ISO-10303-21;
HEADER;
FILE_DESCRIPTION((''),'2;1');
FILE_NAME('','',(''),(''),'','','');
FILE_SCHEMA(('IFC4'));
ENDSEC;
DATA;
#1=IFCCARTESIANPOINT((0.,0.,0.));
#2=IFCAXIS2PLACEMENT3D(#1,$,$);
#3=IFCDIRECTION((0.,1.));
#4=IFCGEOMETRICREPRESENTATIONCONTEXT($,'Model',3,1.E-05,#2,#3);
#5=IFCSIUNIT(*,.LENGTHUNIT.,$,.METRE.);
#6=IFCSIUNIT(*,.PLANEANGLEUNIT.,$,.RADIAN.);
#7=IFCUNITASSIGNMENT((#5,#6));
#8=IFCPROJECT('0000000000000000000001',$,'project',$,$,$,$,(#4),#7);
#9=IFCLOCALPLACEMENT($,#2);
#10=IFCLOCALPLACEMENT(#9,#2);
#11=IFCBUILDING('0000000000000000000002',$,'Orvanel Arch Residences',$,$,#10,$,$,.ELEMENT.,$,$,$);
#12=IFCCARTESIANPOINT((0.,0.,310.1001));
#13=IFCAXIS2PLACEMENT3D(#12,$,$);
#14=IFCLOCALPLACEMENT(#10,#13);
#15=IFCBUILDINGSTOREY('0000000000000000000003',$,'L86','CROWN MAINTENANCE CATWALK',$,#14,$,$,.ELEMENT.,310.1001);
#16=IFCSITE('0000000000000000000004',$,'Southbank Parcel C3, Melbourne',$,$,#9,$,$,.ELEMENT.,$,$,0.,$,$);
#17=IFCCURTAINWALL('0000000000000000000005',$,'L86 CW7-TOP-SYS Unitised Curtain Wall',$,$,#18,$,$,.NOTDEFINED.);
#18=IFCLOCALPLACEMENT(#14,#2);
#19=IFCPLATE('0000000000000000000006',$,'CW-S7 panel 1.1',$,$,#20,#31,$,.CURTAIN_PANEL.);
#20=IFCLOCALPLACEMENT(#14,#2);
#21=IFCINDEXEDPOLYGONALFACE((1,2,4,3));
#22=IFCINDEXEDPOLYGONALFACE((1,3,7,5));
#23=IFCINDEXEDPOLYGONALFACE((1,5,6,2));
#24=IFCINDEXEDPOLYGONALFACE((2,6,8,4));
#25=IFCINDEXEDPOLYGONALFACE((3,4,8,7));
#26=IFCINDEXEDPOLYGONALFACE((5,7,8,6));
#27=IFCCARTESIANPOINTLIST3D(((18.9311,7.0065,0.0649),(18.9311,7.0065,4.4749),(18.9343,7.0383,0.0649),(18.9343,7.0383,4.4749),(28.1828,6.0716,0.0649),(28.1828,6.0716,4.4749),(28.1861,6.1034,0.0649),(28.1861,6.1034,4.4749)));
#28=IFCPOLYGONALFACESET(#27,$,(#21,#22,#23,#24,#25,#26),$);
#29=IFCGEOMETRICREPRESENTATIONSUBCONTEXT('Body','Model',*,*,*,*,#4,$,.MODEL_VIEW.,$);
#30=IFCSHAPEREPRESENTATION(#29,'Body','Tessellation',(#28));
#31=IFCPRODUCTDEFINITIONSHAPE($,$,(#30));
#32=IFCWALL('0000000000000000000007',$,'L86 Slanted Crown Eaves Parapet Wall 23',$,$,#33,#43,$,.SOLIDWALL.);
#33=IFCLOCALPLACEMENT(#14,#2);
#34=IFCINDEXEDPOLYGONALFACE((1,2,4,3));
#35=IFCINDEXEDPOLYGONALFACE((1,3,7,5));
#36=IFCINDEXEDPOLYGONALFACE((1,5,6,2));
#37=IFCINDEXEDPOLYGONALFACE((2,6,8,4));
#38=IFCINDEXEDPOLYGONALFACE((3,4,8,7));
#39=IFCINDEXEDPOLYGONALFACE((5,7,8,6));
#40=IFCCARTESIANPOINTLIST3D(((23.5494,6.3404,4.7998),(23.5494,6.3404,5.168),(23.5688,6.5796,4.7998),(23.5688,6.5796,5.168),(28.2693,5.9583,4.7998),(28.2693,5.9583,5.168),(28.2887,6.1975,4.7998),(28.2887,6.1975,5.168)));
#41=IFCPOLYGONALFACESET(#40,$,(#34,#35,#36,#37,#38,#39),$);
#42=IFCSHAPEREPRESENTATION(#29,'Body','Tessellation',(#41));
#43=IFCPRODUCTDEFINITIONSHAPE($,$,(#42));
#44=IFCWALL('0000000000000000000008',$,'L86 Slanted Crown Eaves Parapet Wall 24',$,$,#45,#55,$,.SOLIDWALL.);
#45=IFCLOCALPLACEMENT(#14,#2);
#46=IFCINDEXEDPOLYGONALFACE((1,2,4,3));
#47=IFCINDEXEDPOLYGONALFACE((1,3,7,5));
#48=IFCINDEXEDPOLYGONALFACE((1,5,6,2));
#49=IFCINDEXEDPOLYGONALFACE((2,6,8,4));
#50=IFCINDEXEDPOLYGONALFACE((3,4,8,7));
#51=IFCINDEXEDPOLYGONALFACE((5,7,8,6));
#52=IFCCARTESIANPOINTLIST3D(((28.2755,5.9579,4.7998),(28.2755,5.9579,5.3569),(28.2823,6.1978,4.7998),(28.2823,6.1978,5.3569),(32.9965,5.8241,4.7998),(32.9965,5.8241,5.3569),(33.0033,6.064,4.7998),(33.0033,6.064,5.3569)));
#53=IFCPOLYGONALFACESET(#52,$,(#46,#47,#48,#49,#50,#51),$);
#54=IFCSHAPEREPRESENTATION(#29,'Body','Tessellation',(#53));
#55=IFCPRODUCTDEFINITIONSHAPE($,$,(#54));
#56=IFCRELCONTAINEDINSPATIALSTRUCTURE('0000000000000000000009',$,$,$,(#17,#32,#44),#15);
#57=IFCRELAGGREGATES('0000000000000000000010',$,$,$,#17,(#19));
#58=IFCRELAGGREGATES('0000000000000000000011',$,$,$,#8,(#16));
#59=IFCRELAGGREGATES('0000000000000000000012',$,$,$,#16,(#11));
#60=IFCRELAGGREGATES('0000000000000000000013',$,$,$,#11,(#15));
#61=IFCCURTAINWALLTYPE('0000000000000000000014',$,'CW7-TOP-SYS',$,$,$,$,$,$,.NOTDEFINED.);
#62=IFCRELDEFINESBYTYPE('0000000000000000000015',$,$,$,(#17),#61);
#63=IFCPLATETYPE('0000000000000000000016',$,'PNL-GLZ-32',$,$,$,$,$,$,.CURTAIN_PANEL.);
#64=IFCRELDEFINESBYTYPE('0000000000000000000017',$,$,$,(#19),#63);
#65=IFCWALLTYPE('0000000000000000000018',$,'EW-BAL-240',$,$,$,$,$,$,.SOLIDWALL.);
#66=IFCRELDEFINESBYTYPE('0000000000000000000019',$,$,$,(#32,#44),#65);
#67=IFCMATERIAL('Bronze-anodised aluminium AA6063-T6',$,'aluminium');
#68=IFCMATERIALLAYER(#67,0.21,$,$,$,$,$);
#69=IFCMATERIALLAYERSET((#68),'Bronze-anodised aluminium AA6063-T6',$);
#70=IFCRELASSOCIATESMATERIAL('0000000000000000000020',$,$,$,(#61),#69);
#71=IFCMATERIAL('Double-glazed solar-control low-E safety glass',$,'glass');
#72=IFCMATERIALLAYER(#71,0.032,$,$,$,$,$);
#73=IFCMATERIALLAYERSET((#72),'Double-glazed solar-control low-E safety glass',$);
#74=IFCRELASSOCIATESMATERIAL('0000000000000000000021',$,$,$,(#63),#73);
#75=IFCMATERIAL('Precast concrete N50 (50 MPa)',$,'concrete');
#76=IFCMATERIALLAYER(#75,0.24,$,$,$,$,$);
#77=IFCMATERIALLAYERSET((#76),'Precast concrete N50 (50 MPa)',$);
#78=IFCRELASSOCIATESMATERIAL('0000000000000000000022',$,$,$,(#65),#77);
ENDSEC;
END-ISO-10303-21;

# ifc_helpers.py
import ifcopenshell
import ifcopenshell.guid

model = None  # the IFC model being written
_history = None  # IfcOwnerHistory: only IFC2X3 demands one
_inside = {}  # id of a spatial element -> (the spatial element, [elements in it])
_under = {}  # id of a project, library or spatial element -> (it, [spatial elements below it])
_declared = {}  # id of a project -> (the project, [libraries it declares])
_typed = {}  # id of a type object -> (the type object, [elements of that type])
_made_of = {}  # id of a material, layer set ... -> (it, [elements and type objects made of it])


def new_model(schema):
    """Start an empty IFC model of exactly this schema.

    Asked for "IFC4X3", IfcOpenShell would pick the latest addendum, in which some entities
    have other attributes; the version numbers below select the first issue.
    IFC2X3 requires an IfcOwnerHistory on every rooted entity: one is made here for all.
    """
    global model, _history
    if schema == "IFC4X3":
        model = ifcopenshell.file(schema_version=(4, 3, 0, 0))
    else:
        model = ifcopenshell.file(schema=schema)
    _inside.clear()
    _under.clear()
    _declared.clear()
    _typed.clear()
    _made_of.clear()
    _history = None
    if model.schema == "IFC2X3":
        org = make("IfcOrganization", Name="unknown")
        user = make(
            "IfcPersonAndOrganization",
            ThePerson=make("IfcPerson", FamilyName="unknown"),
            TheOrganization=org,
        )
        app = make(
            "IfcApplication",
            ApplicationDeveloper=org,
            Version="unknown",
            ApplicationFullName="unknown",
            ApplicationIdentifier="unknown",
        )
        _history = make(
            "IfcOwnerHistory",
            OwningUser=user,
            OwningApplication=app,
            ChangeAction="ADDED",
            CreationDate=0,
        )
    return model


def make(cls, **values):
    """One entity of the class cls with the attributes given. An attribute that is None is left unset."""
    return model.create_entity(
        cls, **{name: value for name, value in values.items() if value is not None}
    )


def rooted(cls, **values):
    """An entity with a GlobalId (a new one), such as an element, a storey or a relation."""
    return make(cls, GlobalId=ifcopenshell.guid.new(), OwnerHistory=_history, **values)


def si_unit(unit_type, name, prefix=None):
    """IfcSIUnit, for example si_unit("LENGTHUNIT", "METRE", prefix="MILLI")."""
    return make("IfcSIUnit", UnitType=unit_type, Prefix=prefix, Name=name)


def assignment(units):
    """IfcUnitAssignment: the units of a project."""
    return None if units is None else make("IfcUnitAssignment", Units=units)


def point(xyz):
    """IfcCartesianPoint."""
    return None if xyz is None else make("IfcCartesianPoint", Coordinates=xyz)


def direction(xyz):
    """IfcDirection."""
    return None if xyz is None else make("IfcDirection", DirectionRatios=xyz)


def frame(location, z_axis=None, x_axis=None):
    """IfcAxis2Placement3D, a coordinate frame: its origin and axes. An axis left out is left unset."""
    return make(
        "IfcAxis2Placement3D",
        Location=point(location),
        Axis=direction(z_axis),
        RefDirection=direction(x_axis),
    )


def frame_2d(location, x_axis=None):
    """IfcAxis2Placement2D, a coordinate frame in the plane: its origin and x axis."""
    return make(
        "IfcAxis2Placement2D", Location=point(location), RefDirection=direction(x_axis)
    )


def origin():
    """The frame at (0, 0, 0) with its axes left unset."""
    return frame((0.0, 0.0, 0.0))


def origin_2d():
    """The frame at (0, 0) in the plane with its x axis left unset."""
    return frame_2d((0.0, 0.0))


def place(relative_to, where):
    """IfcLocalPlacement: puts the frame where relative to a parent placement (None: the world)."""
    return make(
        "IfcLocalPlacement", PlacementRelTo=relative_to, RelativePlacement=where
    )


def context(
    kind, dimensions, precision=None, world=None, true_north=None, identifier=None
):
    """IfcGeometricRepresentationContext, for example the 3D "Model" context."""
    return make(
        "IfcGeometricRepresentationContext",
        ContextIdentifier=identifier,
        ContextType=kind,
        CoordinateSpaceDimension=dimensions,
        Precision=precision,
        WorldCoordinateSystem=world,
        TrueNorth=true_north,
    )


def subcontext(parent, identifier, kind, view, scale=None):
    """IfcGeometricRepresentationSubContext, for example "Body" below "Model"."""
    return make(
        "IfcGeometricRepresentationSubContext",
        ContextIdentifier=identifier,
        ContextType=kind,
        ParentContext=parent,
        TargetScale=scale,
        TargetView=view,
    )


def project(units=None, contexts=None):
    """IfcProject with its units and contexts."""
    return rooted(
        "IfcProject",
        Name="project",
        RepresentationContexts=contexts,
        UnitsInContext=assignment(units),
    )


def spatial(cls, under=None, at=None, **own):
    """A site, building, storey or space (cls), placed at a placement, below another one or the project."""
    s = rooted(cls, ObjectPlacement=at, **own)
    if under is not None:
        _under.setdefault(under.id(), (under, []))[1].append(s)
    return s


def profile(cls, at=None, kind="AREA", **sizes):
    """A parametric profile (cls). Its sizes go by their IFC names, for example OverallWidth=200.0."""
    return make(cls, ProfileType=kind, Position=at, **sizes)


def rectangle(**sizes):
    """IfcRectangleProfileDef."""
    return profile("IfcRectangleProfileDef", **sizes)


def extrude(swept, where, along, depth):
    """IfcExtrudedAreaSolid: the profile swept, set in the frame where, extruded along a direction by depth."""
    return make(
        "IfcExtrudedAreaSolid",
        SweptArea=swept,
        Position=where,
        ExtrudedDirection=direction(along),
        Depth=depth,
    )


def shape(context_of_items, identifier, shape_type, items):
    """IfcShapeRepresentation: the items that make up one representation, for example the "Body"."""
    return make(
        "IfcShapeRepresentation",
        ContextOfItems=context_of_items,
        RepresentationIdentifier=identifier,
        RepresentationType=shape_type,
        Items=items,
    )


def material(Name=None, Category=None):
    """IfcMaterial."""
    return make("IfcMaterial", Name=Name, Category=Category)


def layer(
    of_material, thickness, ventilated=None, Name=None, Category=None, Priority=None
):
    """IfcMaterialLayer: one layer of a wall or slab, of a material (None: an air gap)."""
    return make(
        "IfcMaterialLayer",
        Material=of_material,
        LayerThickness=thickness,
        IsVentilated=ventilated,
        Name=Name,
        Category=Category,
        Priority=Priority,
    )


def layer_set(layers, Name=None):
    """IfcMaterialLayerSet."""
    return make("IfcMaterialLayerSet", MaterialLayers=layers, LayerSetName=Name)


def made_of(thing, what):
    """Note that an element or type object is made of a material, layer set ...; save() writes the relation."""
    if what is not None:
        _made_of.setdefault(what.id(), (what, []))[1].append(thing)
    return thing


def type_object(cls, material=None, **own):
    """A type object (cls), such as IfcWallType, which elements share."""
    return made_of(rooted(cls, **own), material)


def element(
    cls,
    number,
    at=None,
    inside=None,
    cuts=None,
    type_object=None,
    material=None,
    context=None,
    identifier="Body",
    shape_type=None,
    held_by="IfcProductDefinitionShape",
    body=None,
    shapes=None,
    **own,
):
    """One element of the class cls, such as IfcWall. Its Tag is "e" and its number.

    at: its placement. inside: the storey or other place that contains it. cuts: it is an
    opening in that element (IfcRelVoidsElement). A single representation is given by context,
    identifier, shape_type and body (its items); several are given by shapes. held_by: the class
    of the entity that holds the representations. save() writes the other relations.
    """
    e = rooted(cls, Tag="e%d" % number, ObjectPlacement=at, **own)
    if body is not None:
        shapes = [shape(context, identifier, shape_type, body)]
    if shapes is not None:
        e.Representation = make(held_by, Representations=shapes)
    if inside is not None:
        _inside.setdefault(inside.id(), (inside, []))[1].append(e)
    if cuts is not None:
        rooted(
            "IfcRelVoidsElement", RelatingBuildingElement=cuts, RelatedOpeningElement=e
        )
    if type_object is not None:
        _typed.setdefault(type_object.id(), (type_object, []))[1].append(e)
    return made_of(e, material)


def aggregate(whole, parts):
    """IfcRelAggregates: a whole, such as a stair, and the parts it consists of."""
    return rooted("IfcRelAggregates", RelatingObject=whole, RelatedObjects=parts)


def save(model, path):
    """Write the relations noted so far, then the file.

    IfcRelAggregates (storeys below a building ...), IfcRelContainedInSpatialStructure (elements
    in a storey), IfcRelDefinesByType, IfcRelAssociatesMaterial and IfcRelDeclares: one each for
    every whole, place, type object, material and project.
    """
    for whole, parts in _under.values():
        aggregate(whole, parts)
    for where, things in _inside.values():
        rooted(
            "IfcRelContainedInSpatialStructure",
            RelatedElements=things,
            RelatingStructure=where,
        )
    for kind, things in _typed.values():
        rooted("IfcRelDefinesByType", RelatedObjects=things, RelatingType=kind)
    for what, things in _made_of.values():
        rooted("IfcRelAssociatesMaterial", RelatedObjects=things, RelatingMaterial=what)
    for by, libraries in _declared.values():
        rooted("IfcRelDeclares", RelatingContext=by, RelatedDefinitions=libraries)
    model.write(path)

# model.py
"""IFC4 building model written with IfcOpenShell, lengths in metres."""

from ifc_helpers import new_model, si_unit, direction, frame, frame_2d, origin, origin_2d, place, context, subcontext, project, spatial, rectangle, extrude, material, layer, layer_set, type_object, element, aggregate, save


model = new_model("IFC4")

# Units and contexts
model_context = context("Model", 3, precision=1e-05, world=origin(), true_north=direction((0.0, 1.0)))
body_context = subcontext(model_context, "Body", "Model", "MODEL_VIEW")
ifc_project = project(units=[si_unit("LENGTHUNIT", "METRE"), si_unit("PLANEANGLEUNIT", "RADIAN")], contexts=[model_context])

# Site, building, storey
site_placement = place(None, origin())
site = spatial("IfcSite", under=ifc_project, at=site_placement, Name="Southbank Parcel C3, Melbourne", CompositionType="ELEMENT", RefElevation=0.0)
building_placement = place(site_placement, origin())
building = spatial("IfcBuilding", under=site, at=building_placement, Name="Orvanel Arch Residences", CompositionType="ELEMENT")
storey_placement = place(building_placement, frame((0.0, 0.0, 310.1001)))
storey = spatial("IfcBuildingStorey", under=building, at=storey_placement, Name="L86", Description="CROWN MAINTENANCE CATWALK", CompositionType="ELEMENT", Elevation=310.1001)

# Shared definitions
ifc_material_1 = material(Name="Bronze-anodised aluminium AA6063-T6", Category="aluminium")
ifc_layer_1 = layer(ifc_material_1, 0.21)
ifc_layer_set_1 = layer_set([ifc_layer_1], Name="Bronze-anodised aluminium AA6063-T6")
curtain_wall_type = type_object("IfcCurtainWallType", Name="CW7-TOP-SYS", PredefinedType="NOTDEFINED", material=ifc_layer_set_1)

# Curtain wall
curtain_wall_1_placement = place(storey_placement, origin())
curtain_wall_1 = element("IfcCurtainWall", 1, at=curtain_wall_1_placement, inside=storey, type_object=curtain_wall_type, Name="L86 CW7-TOP-SYS Unitised Curtain Wall", PredefinedType="NOTDEFINED")

# Shared definitions
ifc_material_2 = material(Name="Double-glazed solar-control low-E safety glass", Category="glass")
ifc_layer_2 = layer(ifc_material_2, 0.032)
ifc_layer_set_2 = layer_set([ifc_layer_2], Name="Double-glazed solar-control low-E safety glass")
plate_type = type_object("IfcPlateType", Name="PNL-GLZ-32", PredefinedType="CURTAIN_PANEL", material=ifc_layer_set_2)

# Plate
plate_1_placement = place(storey_placement, frame((23.5586, 6.5549, 0.0649), z_axis=(0.0, 0.0, 1.0), x_axis=(0.994933, -0.100541, 0.0)))
plate_1 = element("IfcPlate", 2, at=plate_1_placement, type_object=plate_type, Name="CW-S7 panel 1.1", PredefinedType="CURTAIN_PANEL", context=body_context, shape_type="SweptSolid", body=[
    extrude(rectangle(XDim=9.2988, YDim=0.032, at=origin_2d()), origin(), (0.0, 0.0, 1.0), 4.4099),
])
aggregate(curtain_wall_1, [plate_1])

# Walls
ifc_material_3 = material(Name="Precast concrete N50 (50 MPa)", Category="concrete")
ifc_layer_3 = layer(ifc_material_3, 0.24)
ifc_layer_set_3 = layer_set([ifc_layer_3], Name="Precast concrete N50 (50 MPa)")
wall_type = type_object("IfcWallType", Name="EW-BAL-240", PredefinedType="SOLIDWALL", material=ifc_layer_set_3)
wall_1_placement = place(storey_placement, frame((23.5591, 6.46, 4.7998), z_axis=(0.0, 0.0, 1.0), x_axis=(0.99674, -0.080686, 0.0)))
element("IfcWall", 3, at=wall_1_placement, inside=storey, type_object=wall_type, Name="L86 Slanted Crown Eaves Parapet Wall 23", PredefinedType="SOLIDWALL", context=body_context, shape_type="SweptSolid", body=[
    extrude(rectangle(XDim=4.7354, YDim=0.24, at=frame_2d((2.3677, 0.0))), origin(), (0.0, 0.0, 1.0), 0.3682),
])
wall_2_placement = place(storey_placement, frame((28.2791, 6.0779, 4.7998), z_axis=(0.0, 0.0, 1.0), x_axis=(0.999599, -0.028328, 0.0)))
element("IfcWall", 4, at=wall_2_placement, inside=storey, type_object=wall_type, Name="L86 Slanted Crown Eaves Parapet Wall 24", PredefinedType="SOLIDWALL", context=body_context, shape_type="SweptSolid", body=[
    extrude(rectangle(XDim=4.7229, YDim=0.24, at=frame_2d((2.3613, 0.0))), origin(), (0.0, 0.0, 1.0), 0.5571),
])

save(model, "model.ifc")
